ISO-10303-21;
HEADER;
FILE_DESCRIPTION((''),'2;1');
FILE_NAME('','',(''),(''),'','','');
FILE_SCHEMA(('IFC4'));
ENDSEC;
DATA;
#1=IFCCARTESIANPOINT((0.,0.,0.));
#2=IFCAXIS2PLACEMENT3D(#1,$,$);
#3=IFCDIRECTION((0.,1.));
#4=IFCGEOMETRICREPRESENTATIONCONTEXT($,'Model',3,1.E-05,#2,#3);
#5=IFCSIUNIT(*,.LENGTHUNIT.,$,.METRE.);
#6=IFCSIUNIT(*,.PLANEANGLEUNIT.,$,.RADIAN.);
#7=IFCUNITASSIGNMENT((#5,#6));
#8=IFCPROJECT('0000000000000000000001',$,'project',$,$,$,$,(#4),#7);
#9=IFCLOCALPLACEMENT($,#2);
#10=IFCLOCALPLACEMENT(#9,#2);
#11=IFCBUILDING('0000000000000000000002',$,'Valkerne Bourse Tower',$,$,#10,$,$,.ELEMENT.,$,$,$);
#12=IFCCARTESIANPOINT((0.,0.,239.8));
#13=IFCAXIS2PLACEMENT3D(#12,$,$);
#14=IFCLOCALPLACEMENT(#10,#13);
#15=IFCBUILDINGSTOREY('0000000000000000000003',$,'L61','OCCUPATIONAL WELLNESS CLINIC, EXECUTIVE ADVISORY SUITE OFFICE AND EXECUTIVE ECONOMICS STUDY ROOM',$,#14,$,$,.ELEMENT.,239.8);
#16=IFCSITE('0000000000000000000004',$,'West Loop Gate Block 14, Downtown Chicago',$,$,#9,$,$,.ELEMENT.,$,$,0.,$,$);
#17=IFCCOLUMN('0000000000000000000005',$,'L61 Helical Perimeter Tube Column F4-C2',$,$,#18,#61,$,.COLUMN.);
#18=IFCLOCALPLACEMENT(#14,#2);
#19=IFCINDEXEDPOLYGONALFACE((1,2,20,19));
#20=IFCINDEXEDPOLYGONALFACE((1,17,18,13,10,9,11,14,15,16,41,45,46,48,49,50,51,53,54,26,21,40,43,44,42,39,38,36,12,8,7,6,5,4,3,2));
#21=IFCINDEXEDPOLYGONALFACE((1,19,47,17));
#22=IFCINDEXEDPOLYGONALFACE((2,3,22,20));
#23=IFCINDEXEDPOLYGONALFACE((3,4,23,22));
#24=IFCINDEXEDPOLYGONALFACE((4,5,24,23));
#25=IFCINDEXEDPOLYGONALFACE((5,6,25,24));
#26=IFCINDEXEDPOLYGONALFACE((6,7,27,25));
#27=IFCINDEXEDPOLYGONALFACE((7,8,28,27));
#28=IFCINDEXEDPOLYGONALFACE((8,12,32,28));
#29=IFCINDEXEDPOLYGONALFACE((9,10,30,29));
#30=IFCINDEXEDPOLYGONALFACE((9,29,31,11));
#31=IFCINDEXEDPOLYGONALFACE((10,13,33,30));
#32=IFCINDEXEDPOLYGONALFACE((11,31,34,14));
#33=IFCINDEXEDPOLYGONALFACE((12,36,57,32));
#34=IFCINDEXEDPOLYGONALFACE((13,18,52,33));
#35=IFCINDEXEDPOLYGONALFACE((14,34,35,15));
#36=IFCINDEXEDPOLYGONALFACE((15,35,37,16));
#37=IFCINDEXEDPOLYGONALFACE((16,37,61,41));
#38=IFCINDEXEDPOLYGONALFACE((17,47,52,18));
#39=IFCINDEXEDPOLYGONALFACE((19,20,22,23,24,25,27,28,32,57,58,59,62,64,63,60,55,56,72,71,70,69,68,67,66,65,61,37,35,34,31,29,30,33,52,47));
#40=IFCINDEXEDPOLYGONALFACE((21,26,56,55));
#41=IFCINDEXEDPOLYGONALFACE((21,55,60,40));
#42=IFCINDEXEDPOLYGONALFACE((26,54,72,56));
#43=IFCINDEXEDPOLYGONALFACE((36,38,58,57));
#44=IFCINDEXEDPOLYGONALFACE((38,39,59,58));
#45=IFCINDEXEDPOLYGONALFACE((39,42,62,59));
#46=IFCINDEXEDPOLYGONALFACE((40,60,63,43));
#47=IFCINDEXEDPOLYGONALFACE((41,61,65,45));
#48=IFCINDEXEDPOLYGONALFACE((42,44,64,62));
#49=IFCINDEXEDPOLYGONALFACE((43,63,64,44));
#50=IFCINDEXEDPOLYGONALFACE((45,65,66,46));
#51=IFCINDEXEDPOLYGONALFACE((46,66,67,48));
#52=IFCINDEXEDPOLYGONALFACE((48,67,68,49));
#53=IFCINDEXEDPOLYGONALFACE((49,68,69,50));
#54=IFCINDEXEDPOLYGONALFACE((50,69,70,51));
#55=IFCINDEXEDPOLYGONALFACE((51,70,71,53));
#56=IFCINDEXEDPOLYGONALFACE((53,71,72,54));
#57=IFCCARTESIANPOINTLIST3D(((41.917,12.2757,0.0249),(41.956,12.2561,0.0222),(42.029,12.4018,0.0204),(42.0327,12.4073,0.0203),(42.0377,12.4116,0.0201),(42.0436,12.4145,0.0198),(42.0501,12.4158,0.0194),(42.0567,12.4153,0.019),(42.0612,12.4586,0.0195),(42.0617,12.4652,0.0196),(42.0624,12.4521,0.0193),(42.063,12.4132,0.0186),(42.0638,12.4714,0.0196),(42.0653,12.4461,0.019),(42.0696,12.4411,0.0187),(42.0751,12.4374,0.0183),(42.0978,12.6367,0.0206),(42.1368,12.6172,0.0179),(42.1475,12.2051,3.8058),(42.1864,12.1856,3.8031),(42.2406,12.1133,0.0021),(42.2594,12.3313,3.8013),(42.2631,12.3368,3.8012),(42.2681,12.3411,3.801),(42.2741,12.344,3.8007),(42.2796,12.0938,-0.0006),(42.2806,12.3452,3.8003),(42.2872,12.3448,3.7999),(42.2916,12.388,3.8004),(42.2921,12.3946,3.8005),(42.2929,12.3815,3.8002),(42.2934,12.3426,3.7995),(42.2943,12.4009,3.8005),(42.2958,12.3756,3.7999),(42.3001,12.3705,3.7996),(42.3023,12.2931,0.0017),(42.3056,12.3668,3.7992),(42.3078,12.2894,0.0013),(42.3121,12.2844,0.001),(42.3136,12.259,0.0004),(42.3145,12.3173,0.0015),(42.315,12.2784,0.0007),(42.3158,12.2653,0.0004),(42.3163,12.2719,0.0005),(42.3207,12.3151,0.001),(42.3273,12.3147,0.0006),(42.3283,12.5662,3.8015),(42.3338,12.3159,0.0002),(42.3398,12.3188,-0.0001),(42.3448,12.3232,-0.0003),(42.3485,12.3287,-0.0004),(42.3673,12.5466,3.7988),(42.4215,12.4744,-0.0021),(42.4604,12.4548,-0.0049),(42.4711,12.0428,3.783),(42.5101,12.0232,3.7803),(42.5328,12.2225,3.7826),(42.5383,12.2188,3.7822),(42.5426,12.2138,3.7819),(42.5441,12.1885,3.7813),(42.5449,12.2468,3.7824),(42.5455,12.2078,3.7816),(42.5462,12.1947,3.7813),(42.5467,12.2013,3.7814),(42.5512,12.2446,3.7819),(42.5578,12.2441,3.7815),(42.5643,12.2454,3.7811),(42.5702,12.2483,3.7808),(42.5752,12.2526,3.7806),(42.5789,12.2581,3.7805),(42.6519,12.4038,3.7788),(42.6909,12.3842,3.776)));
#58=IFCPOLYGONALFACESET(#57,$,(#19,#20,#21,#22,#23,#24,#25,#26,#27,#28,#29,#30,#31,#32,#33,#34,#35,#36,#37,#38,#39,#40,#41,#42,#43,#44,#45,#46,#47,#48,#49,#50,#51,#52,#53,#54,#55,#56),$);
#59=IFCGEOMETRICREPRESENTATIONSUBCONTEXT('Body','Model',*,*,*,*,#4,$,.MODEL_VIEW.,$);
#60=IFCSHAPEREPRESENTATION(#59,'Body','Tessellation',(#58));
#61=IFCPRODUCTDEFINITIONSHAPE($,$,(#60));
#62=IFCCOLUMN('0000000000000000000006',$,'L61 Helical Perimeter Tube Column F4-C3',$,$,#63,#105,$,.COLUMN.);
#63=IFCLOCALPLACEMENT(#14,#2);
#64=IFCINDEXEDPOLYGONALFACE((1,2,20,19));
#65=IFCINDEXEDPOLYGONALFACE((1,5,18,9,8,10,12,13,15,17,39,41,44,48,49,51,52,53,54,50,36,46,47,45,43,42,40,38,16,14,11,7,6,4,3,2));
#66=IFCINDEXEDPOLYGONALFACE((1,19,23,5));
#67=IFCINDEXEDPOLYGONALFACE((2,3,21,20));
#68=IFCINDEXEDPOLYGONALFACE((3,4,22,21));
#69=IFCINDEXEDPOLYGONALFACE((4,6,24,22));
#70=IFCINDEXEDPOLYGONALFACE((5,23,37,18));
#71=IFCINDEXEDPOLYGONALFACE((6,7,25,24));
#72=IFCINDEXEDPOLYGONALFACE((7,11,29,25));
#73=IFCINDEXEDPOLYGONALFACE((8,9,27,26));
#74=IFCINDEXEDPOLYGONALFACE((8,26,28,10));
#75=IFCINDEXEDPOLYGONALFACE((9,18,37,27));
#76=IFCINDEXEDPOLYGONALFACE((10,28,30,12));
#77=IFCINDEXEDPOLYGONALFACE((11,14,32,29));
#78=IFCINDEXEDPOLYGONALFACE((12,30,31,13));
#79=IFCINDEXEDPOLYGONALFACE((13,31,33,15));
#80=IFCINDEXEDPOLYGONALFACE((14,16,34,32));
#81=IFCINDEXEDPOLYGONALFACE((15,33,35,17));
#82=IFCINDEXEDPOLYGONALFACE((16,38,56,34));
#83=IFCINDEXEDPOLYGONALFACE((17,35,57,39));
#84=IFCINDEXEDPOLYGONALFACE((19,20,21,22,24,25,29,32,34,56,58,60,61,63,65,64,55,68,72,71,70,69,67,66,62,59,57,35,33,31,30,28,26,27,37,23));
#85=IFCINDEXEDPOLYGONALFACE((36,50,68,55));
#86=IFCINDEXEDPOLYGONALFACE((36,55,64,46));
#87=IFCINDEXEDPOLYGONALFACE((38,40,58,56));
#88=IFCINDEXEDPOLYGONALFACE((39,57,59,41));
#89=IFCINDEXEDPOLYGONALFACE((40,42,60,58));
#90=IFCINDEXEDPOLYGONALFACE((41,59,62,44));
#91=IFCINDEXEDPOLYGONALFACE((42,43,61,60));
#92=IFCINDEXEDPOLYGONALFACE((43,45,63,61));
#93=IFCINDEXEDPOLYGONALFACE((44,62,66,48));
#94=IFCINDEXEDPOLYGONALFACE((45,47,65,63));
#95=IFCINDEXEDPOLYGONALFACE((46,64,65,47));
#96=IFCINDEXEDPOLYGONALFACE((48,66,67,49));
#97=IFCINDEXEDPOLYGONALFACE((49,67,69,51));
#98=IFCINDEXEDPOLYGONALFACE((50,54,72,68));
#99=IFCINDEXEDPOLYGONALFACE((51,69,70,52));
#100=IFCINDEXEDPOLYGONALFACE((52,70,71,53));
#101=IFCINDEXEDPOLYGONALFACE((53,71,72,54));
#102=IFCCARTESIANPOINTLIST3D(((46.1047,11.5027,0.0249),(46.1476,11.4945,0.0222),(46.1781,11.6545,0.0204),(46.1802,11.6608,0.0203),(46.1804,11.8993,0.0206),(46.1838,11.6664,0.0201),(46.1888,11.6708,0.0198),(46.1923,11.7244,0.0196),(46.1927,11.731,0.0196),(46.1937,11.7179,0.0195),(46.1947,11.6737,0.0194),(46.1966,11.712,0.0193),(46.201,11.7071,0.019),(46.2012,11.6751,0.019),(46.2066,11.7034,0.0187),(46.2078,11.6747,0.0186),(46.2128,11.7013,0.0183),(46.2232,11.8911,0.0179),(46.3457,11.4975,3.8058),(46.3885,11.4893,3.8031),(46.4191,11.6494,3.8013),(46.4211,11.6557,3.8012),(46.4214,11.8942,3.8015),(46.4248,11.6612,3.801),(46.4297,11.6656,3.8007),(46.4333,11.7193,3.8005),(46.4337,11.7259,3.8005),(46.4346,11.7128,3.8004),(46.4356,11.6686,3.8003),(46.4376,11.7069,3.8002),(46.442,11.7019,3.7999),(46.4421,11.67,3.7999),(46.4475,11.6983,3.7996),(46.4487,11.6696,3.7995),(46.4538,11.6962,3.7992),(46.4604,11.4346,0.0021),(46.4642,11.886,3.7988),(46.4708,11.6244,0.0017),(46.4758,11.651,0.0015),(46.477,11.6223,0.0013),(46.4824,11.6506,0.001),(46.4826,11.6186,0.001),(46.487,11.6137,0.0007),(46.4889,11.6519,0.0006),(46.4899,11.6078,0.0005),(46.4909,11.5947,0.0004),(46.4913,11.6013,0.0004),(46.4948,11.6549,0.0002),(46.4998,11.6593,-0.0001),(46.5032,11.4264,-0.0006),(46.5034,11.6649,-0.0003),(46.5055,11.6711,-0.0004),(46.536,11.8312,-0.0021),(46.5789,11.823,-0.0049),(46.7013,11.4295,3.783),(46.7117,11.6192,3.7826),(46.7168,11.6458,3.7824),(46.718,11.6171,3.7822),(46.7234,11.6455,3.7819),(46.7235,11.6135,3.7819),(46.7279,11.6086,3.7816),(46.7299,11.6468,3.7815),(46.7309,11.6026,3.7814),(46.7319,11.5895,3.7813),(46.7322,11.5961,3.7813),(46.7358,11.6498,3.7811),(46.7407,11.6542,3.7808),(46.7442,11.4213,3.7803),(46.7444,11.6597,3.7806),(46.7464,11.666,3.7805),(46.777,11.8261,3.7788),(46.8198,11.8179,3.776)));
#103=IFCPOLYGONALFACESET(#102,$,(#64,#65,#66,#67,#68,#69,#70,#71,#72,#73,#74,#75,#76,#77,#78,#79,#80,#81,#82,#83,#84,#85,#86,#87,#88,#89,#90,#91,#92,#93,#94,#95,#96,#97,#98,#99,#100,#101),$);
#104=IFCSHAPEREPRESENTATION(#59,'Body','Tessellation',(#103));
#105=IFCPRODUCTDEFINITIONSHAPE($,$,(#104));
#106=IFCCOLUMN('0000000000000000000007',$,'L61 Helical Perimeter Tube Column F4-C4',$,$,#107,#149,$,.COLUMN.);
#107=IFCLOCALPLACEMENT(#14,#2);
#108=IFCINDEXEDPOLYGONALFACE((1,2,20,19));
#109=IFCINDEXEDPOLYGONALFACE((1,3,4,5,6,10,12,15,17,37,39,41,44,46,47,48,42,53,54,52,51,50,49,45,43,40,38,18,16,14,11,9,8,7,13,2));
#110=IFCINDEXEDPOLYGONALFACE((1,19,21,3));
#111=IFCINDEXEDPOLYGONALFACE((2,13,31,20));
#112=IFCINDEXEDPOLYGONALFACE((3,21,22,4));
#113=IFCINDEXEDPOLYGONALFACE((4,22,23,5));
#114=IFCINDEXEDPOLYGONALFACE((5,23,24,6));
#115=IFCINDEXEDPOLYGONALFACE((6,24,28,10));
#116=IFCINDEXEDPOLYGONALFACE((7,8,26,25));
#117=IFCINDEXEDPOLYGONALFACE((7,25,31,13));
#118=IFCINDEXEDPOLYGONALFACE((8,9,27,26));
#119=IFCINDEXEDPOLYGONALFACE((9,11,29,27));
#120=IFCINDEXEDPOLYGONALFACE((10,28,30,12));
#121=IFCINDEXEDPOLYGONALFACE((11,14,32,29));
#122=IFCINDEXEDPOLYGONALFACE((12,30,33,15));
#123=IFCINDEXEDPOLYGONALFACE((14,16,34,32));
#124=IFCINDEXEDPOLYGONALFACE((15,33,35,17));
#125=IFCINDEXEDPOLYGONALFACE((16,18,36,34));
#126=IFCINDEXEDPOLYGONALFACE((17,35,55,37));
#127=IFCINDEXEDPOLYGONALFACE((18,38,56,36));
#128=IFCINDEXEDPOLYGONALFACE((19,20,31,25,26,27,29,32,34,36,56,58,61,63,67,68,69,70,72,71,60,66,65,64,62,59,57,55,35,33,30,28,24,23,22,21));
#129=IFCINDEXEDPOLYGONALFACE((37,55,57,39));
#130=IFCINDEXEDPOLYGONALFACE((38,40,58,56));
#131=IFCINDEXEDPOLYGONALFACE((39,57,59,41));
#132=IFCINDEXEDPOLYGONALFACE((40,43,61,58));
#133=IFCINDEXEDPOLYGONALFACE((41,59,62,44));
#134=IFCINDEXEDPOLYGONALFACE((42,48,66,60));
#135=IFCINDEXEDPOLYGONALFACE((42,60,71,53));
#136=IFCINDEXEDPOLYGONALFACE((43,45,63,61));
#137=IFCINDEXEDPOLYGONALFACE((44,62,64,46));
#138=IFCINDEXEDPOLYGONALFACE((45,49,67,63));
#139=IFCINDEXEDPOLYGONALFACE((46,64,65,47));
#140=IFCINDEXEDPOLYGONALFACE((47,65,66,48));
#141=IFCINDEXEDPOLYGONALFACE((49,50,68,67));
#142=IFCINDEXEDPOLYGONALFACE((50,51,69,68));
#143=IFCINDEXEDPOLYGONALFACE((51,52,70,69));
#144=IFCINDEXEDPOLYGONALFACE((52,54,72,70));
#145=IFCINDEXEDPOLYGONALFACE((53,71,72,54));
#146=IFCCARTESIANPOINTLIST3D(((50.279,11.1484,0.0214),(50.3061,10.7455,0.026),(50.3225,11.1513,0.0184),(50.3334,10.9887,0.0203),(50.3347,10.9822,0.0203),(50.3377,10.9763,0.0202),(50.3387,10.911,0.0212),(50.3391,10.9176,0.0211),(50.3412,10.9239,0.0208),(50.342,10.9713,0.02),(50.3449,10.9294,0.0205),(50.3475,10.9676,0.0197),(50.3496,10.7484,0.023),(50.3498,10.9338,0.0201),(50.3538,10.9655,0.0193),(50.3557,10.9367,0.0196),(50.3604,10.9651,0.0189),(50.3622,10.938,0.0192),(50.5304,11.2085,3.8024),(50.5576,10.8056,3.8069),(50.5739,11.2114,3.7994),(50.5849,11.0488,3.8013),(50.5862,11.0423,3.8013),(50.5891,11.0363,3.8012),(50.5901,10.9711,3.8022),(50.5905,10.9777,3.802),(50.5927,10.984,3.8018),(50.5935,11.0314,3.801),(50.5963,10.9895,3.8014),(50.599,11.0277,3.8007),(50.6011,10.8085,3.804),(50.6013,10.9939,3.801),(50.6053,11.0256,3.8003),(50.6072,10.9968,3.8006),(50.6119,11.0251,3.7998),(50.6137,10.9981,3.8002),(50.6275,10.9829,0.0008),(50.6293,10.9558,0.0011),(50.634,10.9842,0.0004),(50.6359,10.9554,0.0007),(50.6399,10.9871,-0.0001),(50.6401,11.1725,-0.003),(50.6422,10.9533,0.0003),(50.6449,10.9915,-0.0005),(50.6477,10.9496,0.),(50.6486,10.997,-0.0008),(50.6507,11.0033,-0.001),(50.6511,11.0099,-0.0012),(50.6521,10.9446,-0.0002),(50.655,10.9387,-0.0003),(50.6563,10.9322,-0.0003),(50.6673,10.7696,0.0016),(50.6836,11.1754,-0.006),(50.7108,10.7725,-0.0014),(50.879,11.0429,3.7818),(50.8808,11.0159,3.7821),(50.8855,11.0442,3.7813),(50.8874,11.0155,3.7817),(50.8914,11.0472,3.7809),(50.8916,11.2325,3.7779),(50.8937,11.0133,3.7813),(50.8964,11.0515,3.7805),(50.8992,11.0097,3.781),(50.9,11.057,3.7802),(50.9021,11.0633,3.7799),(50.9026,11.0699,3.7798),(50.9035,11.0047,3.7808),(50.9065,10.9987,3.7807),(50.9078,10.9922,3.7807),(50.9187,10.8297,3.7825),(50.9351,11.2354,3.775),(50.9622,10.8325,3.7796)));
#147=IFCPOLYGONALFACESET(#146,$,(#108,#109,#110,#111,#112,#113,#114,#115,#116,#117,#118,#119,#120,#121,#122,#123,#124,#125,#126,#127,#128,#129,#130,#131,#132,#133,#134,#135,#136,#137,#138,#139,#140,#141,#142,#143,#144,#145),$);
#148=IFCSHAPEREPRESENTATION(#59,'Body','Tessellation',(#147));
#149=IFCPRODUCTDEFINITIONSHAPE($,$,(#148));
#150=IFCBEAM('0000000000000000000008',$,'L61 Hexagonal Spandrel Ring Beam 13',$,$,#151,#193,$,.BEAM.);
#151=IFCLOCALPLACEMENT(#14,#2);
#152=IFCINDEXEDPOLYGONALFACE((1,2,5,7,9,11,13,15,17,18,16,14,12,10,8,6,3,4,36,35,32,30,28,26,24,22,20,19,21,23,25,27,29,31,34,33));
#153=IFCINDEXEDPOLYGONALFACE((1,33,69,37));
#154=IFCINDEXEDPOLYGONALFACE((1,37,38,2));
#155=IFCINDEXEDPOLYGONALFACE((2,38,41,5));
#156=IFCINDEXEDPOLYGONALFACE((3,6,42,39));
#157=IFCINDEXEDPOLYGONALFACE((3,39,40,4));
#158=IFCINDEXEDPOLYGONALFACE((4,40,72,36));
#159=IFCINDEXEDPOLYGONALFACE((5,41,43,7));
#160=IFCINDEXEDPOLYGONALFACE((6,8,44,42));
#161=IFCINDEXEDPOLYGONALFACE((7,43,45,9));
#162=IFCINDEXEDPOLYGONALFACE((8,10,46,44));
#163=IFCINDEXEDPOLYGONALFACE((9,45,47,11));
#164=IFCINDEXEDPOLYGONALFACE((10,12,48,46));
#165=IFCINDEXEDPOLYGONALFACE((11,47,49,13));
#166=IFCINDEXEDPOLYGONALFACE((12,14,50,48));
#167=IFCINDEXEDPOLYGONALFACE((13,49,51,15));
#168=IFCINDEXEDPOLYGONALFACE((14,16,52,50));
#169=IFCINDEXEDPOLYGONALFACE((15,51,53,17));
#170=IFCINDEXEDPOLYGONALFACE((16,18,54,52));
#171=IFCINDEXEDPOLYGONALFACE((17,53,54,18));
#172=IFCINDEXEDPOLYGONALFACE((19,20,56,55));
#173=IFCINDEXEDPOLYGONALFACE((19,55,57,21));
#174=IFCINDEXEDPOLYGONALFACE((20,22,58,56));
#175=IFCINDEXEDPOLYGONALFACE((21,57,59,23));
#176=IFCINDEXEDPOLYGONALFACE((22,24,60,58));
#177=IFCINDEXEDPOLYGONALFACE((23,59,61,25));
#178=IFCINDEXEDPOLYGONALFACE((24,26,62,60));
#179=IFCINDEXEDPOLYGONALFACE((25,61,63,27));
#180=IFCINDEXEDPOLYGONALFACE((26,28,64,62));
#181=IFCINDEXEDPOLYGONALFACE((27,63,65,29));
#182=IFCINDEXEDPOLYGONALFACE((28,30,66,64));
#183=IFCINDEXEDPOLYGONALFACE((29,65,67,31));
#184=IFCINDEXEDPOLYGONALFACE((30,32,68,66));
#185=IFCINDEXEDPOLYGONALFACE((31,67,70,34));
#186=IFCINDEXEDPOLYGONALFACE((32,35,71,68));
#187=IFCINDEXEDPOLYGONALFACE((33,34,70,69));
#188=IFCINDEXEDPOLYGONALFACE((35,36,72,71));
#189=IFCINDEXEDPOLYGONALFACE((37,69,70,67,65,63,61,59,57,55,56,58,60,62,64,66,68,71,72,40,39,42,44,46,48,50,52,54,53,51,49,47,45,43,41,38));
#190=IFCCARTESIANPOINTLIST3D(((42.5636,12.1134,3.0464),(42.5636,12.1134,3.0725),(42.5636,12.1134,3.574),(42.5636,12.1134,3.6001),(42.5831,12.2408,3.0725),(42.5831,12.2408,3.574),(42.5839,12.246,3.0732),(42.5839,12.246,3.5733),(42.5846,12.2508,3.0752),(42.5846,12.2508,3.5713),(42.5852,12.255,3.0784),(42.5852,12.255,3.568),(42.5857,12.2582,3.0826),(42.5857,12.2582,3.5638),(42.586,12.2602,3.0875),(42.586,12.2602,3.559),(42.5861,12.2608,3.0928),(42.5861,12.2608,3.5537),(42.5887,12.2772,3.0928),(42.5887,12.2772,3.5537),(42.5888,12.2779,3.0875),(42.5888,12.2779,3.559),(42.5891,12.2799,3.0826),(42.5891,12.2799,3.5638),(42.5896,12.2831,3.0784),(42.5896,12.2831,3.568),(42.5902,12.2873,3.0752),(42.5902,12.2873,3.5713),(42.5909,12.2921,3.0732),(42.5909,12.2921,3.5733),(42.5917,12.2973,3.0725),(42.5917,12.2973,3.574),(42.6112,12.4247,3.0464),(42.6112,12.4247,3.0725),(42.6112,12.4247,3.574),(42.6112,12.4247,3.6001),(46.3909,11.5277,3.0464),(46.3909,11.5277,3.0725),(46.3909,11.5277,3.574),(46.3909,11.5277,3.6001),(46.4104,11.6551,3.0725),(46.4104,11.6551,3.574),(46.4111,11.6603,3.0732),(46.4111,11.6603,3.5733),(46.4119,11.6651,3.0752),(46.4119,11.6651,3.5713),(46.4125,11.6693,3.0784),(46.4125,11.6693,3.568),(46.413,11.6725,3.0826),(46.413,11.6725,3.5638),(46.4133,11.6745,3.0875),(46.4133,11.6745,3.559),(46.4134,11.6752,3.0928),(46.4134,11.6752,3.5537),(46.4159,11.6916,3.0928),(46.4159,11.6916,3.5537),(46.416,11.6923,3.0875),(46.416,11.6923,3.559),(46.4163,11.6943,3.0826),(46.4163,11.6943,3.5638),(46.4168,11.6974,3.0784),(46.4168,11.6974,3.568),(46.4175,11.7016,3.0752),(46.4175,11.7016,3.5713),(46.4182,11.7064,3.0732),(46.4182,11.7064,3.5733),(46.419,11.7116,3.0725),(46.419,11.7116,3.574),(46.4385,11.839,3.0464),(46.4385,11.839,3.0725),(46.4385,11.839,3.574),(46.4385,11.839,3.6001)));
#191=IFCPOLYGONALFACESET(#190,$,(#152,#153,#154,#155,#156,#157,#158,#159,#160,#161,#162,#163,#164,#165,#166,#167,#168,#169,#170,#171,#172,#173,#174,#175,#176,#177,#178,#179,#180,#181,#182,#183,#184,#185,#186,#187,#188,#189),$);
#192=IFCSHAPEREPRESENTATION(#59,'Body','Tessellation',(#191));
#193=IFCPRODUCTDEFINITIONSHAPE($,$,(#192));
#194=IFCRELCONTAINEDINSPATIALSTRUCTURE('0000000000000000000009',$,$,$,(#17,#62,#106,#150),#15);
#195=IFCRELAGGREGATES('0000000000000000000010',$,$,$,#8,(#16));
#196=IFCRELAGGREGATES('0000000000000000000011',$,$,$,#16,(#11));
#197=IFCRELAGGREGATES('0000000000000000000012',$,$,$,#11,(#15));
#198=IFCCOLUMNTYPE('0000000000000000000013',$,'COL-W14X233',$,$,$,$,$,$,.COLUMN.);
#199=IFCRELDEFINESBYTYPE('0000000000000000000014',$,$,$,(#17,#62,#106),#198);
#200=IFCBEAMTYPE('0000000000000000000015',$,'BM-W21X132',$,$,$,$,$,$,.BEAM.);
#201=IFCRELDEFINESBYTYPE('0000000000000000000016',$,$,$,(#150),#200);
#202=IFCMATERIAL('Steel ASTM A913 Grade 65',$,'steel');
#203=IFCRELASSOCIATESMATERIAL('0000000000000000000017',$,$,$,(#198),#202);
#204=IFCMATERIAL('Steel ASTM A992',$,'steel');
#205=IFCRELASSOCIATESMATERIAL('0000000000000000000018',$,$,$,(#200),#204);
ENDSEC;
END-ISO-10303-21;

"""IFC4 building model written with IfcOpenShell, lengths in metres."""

from ifc_helpers import new_model, si_unit, direction, frame, origin, origin_2d, place, context, subcontext, project, spatial, i_section, extrude, material, material_profile, profile_set, type_object, element, save


model = new_model("IFC4")

# Units and contexts
model_context = context("Model", 3, precision=1e-05, world=origin(), true_north=direction((0.0, 1.0)))
body_context = subcontext(model_context, "Body", "Model", "MODEL_VIEW")
ifc_project = project(units=[si_unit("LENGTHUNIT", "METRE"), si_unit("PLANEANGLEUNIT", "RADIAN")], contexts=[model_context])

# Site, building, storey
site_placement = place(None, origin())
site = spatial("IfcSite", under=ifc_project, at=site_placement, Name="West Loop Gate Block 14, Downtown Chicago", CompositionType="ELEMENT", RefElevation=0.0)
building_placement = place(site_placement, origin())
building = spatial("IfcBuilding", under=site, at=building_placement, Name="Valkerne Bourse Tower", CompositionType="ELEMENT")
storey_placement = place(building_placement, frame((0.0, 0.0, 239.8)))
storey = spatial("IfcBuildingStorey", under=building, at=storey_placement, Name="L61", Description="OCCUPATIONAL WELLNESS CLINIC, EXECUTIVE ADVISORY SUITE OFFICE AND EXECUTIVE ECONOMICS STUDY ROOM", CompositionType="ELEMENT", Elevation=239.8)

# Columns
ifc_material_1 = material(Name="Steel ASTM A913 Grade 65", Category="steel")
ifc_material_profile_1 = material_profile(ifc_material_1, i_section(OverallWidth=0.4038, OverallDepth=0.4065, WebThickness=0.0271, FlangeThickness=0.0437, FilletRadius=0.0254, at=origin_2d()), Name="W14X233")
ifc_profile_set_1 = profile_set([ifc_material_profile_1], Name="Steel ASTM A913 Grade 65")
column_type = type_object("IfcColumnType", Name="COL-W14X233", PredefinedType="COLUMN", material=ifc_profile_set_1)
for number, where, z_axis, x_axis, name in (
    (1, (42.1887, 12.3652, 0.01), (0.060831, -0.018623, 0.997974), (0.447774, 0.894084, -0.010609), "L61 Helical Perimeter Tube Column F4-C2"),
    (2, (46.3418, 11.6628, 0.01), (0.063602, -0.001353, 0.997974), (0.187367, 0.982233, -0.010609), "L61 Helical Perimeter Tube Column F4-C3"),
):
    element("IfcColumn", number, at=place(storey_placement, frame(where, z_axis=z_axis, x_axis=x_axis)), inside=storey, type_object=column_type, Name=name, PredefinedType="COLUMN", context=body_context, shape_type="SweptSolid", body=[
        extrude(i_section(OverallWidth=0.4038, OverallDepth=0.4065, WebThickness=0.0271, FlangeThickness=0.0437, FilletRadius=0.0254, at=origin_2d()), origin(), (0.0, 0.0, 1.0), 3.7886),
    ])
column_placement = place(storey_placement, frame((50.4949, 10.9604, 0.01), z_axis=(0.066352, 0.015847, 0.99767), x_axis=(-0.067219, 0.997673, -0.011377)))
element("IfcColumn", 3, at=column_placement, inside=storey, type_object=column_type, Name="L61 Helical Perimeter Tube Column F4-C4", PredefinedType="COLUMN", context=body_context, shape_type="SweptSolid", body=[
    extrude(i_section(OverallWidth=0.4038, OverallDepth=0.4065, WebThickness=0.0271, FlangeThickness=0.0437, FilletRadius=0.0254, at=origin_2d()), origin(), (0.0, 0.0, 1.0), 3.7898),
])

# Beam
ifc_material_2 = material(Name="Steel ASTM A992", Category="steel")
ifc_material_profile_2 = material_profile(ifc_material_2, i_section(OverallWidth=0.3149, OverallDepth=0.5537, WebThickness=0.0166, FlangeThickness=0.0261, FilletRadius=0.0203, at=origin_2d()), Name="W21X132")
ifc_profile_set_2 = profile_set([ifc_material_profile_2], Name="Steel ASTM A992")
beam_type_1 = type_object("IfcBeamType", Name="BM-W21X132", PredefinedType="BEAM", material=ifc_profile_set_2)
beam_1_placement = place(storey_placement, frame((42.5874, 12.269, 3.3232), z_axis=(0.988493, -0.151266, 0.0), x_axis=(0.151266, 0.988493, 0.0)))
element("IfcBeam", 4, at=beam_1_placement, inside=storey, type_object=beam_type_1, Name="L61 Hexagonal Spandrel Ring Beam 13", PredefinedType="BEAM", context=body_context, shape_type="SweptSolid", body=[
    extrude(i_section(OverallWidth=0.3149, OverallDepth=0.5537, WebThickness=0.0166, FlangeThickness=0.0261, FilletRadius=0.0203, at=origin_2d()), origin(), (0.0, 0.0, 1.0), 3.8718),
])

save(model, "model.ifc")
